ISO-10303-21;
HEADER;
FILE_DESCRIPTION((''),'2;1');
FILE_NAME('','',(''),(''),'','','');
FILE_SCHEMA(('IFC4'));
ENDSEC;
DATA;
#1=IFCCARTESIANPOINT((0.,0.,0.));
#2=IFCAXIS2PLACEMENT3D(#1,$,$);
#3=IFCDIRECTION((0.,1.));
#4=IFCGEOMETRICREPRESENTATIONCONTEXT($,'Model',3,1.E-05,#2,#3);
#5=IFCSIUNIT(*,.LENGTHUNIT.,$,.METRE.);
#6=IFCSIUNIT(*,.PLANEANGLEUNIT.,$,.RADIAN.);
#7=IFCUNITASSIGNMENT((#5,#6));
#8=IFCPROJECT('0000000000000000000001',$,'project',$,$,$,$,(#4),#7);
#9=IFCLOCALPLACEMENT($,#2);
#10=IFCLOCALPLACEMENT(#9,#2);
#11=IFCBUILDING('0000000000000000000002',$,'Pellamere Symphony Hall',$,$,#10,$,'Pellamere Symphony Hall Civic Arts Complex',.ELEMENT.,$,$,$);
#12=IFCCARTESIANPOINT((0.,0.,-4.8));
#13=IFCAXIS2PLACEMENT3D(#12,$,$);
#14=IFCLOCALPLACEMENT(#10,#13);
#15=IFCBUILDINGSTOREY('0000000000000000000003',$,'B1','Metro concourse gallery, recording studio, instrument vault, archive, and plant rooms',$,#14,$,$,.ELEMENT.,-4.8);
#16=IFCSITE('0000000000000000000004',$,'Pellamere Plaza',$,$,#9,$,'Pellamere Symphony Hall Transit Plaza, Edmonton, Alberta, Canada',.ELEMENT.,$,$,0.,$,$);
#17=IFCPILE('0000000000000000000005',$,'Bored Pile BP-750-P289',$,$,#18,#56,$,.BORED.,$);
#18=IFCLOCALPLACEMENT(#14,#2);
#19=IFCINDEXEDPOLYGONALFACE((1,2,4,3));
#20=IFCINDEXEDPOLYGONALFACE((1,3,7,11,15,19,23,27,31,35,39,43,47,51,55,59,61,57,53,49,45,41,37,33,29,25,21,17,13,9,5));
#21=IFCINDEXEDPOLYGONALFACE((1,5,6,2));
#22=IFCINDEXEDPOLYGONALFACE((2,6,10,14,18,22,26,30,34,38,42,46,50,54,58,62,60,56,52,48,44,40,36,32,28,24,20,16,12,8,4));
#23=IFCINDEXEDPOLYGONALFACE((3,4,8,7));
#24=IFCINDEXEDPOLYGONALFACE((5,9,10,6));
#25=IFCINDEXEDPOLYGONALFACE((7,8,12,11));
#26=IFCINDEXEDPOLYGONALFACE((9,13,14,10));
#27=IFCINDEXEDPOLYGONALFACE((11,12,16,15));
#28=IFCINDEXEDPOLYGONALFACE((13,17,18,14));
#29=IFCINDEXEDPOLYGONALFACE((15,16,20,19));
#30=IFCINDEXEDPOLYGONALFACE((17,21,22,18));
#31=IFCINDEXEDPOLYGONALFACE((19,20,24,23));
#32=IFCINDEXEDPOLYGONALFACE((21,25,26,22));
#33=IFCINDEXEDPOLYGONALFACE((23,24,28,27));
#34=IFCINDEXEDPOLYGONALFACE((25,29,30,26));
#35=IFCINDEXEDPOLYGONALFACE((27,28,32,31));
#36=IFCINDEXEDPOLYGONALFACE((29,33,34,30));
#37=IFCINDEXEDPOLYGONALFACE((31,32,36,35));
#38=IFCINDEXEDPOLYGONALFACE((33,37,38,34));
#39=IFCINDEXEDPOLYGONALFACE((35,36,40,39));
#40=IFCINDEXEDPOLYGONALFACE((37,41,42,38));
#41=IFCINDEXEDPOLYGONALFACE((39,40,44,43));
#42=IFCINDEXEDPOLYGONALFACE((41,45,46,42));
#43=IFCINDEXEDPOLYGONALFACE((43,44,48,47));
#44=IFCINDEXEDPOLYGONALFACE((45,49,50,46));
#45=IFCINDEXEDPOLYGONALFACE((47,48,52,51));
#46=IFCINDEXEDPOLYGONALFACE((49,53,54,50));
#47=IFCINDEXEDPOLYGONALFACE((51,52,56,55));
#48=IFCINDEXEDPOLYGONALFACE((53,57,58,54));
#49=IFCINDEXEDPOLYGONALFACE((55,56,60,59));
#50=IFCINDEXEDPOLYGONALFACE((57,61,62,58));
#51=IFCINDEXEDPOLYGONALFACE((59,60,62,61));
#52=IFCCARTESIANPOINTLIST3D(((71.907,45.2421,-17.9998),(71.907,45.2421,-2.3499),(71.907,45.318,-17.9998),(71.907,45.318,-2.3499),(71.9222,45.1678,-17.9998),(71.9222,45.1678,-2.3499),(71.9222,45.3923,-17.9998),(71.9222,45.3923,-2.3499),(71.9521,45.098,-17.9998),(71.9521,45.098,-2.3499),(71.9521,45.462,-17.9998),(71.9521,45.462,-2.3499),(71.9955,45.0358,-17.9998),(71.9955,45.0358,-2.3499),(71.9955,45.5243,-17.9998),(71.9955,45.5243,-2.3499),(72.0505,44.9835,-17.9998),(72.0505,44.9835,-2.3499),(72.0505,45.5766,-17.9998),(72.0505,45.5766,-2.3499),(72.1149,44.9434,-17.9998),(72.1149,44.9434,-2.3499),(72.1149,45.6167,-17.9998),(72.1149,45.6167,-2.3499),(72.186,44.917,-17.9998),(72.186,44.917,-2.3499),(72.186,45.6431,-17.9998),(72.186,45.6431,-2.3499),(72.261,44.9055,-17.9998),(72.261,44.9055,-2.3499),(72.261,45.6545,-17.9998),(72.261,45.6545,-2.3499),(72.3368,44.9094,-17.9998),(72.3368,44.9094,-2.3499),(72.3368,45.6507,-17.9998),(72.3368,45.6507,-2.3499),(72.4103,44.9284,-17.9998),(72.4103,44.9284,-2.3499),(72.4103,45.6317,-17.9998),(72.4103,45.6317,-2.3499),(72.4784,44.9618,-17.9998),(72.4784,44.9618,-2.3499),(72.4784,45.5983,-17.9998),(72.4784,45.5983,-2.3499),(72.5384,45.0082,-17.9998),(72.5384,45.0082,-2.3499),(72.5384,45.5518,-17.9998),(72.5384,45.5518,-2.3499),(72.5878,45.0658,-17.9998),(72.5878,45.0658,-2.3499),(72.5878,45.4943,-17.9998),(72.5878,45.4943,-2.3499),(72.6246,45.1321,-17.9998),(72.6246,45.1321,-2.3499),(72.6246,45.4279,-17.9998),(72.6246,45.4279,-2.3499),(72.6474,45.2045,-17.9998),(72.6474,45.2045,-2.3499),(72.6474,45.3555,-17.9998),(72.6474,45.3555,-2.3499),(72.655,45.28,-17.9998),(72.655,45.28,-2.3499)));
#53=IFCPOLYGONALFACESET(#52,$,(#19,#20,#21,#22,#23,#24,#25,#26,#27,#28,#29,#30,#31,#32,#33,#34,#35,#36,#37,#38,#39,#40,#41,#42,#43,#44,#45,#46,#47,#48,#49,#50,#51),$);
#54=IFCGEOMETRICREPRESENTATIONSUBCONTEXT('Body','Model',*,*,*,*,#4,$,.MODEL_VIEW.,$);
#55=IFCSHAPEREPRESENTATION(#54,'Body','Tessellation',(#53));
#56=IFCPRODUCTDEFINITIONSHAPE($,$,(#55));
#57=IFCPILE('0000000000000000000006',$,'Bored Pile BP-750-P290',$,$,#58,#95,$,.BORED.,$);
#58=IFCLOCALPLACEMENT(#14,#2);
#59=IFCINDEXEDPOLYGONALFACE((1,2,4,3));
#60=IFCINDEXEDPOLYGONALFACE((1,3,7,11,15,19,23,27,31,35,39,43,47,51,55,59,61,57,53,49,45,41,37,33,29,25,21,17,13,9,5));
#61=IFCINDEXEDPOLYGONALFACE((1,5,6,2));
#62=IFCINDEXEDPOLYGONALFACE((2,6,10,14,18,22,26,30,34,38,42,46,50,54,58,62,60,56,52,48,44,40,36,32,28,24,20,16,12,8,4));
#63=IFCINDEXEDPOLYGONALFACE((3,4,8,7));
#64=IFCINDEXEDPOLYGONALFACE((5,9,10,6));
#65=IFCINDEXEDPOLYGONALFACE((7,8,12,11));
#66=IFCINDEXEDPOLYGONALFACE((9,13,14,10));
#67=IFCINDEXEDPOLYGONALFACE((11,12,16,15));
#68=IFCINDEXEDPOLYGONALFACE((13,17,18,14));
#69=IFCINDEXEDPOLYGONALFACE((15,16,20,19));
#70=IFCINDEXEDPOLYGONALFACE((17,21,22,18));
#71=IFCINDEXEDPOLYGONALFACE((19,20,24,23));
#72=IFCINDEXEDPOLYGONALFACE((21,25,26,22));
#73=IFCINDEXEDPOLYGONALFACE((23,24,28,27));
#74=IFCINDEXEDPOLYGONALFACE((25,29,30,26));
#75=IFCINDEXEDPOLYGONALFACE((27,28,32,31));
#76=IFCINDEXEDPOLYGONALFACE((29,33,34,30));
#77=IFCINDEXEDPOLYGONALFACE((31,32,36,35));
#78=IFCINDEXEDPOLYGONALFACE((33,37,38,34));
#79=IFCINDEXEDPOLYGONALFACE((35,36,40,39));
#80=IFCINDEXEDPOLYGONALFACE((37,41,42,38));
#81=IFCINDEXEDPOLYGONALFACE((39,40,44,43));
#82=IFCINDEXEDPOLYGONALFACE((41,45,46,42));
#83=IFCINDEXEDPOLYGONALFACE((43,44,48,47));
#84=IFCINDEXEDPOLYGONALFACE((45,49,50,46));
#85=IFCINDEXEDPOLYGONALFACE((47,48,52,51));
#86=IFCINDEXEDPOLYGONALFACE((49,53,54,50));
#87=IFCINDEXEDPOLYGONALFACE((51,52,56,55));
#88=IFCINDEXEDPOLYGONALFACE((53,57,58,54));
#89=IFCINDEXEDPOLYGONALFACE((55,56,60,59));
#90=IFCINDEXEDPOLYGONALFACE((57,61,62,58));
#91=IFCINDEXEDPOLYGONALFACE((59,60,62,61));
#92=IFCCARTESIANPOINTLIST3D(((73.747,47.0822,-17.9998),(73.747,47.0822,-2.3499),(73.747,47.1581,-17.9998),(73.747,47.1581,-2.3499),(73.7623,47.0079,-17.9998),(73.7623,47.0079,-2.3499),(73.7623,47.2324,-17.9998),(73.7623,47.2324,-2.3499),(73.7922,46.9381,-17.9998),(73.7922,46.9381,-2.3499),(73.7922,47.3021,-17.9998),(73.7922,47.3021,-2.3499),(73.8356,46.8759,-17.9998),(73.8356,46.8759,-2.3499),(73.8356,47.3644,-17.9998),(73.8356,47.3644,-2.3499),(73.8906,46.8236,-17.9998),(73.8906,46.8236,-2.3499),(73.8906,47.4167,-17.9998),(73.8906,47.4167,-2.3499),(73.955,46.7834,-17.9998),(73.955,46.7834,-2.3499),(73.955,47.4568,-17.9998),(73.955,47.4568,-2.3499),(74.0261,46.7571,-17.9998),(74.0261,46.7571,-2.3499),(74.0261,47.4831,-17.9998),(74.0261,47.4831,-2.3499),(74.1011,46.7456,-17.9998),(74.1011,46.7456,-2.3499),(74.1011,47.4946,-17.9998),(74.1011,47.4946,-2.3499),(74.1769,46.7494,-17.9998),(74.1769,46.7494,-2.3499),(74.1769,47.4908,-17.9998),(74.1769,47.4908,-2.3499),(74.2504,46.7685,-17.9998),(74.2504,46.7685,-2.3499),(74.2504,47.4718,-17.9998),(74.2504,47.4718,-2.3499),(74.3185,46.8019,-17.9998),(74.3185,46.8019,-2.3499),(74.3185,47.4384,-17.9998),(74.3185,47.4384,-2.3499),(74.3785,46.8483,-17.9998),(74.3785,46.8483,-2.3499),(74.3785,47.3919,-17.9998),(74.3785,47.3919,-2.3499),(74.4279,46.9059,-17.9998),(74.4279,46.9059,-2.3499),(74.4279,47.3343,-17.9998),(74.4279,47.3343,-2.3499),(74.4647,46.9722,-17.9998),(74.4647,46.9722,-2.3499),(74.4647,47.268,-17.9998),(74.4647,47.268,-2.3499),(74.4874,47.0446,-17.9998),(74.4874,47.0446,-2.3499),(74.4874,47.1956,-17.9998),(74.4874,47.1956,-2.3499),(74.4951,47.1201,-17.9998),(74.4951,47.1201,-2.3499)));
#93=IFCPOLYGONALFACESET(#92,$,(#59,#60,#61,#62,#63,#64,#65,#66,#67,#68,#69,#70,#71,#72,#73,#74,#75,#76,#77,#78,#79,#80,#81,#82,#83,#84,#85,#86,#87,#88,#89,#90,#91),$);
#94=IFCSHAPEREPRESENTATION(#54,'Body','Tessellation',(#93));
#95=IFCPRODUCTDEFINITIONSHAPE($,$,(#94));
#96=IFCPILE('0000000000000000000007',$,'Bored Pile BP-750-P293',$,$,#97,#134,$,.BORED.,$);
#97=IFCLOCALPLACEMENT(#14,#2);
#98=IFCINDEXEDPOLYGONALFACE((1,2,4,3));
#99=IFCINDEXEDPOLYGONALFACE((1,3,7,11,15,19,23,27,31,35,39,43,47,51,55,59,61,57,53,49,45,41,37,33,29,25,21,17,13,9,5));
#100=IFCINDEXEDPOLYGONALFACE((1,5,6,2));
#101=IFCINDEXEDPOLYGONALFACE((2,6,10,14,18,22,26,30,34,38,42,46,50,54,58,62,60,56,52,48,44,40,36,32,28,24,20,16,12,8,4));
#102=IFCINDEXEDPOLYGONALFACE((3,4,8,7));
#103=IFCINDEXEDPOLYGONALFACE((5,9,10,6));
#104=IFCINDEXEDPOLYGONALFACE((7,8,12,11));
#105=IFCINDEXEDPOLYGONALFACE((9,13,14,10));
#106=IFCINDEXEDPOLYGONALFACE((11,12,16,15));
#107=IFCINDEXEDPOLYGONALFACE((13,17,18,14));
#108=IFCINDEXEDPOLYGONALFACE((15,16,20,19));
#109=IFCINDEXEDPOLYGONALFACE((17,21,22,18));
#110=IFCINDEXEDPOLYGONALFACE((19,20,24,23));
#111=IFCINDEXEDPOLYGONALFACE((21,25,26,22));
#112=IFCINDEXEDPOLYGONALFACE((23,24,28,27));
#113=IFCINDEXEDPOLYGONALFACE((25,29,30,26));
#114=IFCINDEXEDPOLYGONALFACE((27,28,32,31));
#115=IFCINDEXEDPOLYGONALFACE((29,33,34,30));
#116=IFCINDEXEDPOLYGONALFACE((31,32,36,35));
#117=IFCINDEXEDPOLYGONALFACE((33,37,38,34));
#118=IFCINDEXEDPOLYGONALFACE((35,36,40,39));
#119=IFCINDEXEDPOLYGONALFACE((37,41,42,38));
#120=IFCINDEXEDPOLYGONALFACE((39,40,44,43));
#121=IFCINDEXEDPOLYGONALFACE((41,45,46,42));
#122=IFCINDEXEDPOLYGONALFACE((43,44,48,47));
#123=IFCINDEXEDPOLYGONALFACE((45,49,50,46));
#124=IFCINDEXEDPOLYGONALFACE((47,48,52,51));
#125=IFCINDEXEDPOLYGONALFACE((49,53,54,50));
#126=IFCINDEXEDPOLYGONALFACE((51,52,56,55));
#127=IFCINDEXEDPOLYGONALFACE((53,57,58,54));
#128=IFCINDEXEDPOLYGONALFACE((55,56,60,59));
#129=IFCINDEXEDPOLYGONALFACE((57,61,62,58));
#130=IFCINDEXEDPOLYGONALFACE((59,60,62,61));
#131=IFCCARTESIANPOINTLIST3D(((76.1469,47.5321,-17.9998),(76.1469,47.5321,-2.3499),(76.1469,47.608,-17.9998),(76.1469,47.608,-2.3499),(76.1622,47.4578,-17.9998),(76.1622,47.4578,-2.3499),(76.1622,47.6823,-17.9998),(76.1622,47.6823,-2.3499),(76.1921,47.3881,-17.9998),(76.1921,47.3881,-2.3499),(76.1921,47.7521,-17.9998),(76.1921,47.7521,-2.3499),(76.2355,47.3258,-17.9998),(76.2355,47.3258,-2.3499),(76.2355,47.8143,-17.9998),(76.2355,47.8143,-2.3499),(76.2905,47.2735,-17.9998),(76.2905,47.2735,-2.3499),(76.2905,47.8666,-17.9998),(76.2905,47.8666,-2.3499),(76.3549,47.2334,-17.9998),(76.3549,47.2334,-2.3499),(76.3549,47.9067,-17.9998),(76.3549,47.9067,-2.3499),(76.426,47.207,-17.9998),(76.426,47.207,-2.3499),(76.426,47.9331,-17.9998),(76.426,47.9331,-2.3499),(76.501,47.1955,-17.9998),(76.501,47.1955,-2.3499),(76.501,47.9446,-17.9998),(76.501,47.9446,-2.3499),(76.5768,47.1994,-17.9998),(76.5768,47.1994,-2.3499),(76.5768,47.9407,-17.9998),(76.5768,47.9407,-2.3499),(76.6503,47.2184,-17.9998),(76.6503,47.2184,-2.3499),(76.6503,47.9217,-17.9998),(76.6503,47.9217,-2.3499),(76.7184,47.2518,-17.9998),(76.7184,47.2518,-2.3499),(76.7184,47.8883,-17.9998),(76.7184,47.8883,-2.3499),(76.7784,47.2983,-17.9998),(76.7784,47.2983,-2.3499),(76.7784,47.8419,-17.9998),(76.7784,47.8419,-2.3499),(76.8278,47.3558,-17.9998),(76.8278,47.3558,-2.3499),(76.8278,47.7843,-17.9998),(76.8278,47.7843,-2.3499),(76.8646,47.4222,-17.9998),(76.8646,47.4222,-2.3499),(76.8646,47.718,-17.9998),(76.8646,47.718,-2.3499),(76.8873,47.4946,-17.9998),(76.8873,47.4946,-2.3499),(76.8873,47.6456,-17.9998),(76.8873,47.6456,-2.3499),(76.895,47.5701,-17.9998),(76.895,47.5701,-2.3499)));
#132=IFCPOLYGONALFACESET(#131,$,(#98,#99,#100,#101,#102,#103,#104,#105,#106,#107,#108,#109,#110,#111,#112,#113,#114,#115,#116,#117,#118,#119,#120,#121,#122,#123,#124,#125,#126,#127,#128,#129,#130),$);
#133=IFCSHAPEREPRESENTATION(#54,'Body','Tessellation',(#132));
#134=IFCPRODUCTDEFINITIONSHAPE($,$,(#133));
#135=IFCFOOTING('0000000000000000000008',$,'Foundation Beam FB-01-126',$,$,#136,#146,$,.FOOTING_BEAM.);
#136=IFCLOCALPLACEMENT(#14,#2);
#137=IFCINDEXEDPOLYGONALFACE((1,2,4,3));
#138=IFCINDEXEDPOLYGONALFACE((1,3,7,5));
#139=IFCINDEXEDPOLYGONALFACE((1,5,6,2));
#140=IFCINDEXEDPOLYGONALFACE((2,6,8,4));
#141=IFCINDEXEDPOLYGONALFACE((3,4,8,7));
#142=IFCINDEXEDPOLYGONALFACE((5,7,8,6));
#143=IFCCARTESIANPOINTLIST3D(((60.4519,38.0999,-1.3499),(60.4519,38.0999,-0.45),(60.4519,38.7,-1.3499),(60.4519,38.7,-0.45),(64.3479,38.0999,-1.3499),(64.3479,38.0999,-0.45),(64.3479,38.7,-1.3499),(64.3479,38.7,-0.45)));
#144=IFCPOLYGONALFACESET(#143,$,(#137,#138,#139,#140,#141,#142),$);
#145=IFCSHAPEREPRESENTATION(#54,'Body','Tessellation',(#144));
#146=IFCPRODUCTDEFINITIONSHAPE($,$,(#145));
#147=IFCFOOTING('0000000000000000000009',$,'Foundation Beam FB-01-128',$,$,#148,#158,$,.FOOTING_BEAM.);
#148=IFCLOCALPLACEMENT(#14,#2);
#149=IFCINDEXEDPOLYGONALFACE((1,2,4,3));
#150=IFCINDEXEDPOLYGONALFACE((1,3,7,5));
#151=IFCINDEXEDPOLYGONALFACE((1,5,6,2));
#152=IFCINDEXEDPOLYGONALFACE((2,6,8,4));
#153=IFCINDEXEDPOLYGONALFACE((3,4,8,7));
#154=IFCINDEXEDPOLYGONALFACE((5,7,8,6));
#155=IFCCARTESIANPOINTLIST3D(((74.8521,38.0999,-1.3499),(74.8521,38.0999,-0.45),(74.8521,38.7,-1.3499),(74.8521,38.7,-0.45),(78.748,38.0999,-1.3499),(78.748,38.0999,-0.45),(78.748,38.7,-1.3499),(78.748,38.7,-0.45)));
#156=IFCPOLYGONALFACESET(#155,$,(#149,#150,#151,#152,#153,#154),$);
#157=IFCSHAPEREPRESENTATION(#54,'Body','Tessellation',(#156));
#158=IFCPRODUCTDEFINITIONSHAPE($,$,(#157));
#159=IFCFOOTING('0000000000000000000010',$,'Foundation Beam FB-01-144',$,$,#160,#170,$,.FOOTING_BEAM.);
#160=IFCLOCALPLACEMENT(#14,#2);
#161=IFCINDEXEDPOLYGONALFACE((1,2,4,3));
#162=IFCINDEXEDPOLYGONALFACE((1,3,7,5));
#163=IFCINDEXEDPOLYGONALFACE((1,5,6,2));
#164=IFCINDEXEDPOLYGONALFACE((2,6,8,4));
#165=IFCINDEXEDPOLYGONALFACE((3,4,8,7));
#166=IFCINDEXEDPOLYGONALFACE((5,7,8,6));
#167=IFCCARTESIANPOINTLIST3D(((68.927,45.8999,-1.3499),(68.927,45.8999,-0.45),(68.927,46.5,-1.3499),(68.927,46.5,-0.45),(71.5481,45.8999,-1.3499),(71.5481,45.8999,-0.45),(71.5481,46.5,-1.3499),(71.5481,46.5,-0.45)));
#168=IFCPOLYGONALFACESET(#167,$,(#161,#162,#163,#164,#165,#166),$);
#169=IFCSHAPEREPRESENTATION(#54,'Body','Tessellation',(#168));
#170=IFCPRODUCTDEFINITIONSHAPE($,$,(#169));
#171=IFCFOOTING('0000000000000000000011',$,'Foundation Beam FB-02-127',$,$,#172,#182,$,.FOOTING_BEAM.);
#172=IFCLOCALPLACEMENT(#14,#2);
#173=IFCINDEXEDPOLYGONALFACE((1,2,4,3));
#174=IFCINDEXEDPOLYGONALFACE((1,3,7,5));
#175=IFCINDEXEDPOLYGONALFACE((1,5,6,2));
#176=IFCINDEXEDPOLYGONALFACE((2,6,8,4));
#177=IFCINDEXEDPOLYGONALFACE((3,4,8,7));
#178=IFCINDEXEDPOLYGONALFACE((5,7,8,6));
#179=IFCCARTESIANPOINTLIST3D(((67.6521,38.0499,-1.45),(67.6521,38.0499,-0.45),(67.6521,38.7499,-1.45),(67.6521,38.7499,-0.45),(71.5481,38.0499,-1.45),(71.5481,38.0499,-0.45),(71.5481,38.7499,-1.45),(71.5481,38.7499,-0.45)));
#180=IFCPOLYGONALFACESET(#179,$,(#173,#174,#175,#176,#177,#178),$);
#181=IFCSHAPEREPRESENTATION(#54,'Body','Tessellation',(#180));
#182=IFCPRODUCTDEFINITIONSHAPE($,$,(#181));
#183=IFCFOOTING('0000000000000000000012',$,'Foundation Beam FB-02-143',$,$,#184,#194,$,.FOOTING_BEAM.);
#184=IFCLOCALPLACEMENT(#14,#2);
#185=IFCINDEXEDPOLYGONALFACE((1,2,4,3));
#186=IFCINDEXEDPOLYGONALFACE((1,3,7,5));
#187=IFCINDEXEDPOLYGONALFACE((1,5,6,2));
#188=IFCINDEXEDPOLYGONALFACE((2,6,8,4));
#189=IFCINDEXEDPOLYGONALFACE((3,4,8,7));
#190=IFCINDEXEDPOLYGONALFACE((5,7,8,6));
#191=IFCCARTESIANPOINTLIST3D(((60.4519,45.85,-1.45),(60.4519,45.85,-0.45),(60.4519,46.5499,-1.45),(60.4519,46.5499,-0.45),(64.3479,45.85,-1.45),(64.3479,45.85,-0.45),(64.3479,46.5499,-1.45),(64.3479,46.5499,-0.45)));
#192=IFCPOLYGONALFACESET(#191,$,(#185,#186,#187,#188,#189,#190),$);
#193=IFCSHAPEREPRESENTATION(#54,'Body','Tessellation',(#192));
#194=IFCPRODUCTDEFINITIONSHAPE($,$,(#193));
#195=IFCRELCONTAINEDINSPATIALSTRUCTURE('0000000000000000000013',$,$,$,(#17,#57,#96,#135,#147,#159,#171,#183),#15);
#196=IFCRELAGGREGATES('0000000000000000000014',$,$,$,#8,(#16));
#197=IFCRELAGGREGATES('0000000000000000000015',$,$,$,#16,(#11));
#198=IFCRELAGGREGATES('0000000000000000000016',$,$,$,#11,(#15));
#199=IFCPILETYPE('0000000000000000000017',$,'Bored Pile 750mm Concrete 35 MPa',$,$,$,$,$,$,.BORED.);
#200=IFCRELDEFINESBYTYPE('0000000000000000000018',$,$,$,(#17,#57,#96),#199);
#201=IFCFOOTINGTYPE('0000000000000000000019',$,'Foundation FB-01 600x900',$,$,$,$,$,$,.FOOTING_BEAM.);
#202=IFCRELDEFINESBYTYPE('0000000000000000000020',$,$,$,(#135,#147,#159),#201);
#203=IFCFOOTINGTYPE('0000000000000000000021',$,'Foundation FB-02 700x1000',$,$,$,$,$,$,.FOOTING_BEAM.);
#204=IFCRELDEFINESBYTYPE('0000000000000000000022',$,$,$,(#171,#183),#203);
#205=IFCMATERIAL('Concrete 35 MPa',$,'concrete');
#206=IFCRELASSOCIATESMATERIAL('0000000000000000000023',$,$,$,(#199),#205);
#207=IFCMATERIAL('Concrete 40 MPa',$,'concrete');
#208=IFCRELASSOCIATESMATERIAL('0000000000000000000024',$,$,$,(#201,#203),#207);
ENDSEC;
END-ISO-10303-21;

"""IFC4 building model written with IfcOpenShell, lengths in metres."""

from ifc_helpers import new_model, si_unit, direction, frame, origin, origin_2d, place, context, subcontext, project, spatial, rectangle, circle, extrude, material, material_profile, profile_set, type_object, element, save


model = new_model("IFC4")

# Units and contexts
model_context = context("Model", 3, precision=1e-05, world=origin(), true_north=direction((0.0, 1.0)))
body_context = subcontext(model_context, "Body", "Model", "MODEL_VIEW")
ifc_project = project(units=[si_unit("LENGTHUNIT", "METRE"), si_unit("PLANEANGLEUNIT", "RADIAN")], contexts=[model_context])

# Site, building, storey
site_placement = place(None, origin())
site = spatial("IfcSite", under=ifc_project, at=site_placement, Name="Pellamere Plaza", LongName="Pellamere Symphony Hall Transit Plaza, Edmonton, Alberta, Canada", CompositionType="ELEMENT", RefElevation=0.0)
building_placement = place(site_placement, origin())
building = spatial("IfcBuilding", under=site, at=building_placement, Name="Pellamere Symphony Hall", LongName="Pellamere Symphony Hall Civic Arts Complex", CompositionType="ELEMENT")
storey_placement = place(building_placement, frame((0.0, 0.0, -4.8)))
storey = spatial("IfcBuildingStorey", under=building, at=storey_placement, Name="B1", Description="Metro concourse gallery, recording studio, instrument vault, archive, and plant rooms", CompositionType="ELEMENT", Elevation=-4.8)

# Piles
ifc_material_1 = material(Name="Concrete 35 MPa", Category="concrete")
ifc_material_profile_1 = material_profile(ifc_material_1, circle(Radius=0.375, at=origin_2d()), Name="PILE D750")
ifc_profile_set_1 = profile_set([ifc_material_profile_1], Name="Concrete 35 MPa")
pile_type = type_object("IfcPileType", Name="Bored Pile 750mm Concrete 35 MPa", PredefinedType="BORED", material=ifc_profile_set_1)
for number, where, z_axis, x_axis, name in (
    (1, (72.28, 45.28, -2.3499), (0.0, 0.0, -1.0), (1.0, 0.0, 0.0), "Bored Pile BP-750-P289"),
    (2, (74.1201, 47.1201, -2.3499), (0.0, 0.0, -1.0), (1.0, 0.0, 0.0), "Bored Pile BP-750-P290"),
    (3, (76.52, 47.5701, -2.3499), (0.0, 0.0, -1.0), (1.0, 0.0, 0.0), "Bored Pile BP-750-P293"),
):
    element("IfcPile", number, at=place(storey_placement, frame(where, z_axis=z_axis, x_axis=x_axis)), inside=storey, type_object=pile_type, Name=name, PredefinedType="BORED", context=body_context, shape_type="SweptSolid", body=[
        extrude(circle(Radius=0.375, at=origin_2d()), origin(), (0.0, 0.0, 1.0), 15.6499),
    ])

# Footings
ifc_material_2 = material(Name="Concrete 40 MPa", Category="concrete")
ifc_material_profile_2 = material_profile(ifc_material_2, rectangle(XDim=0.6001, YDim=0.8999, at=origin_2d()), Name="RC 600x900")
ifc_profile_set_2 = profile_set([ifc_material_profile_2], Name="Concrete 40 MPa")
footing_type_1 = type_object("IfcFootingType", Name="Foundation FB-01 600x900", PredefinedType="FOOTING_BEAM", material=ifc_profile_set_2)
for number, where, z_axis, x_axis, name in (
    (4, (60.4519, 38.3999, -0.8999), (1.0, 0.0, 0.0), (0.0, 1.0, 0.0), "Foundation Beam FB-01-126"),
    (5, (74.8521, 38.3999, -0.8999), (1.0, 0.0, 0.0), (0.0, 1.0, 0.0), "Foundation Beam FB-01-128"),
):
    element("IfcFooting", number, at=place(storey_placement, frame(where, z_axis=z_axis, x_axis=x_axis)), inside=storey, type_object=footing_type_1, Name=name, PredefinedType="FOOTING_BEAM", context=body_context, shape_type="SweptSolid", body=[
        extrude(rectangle(XDim=0.6001, YDim=0.8999, at=origin_2d()), origin(), (0.0, 0.0, 1.0), 3.896),
    ])
footing_placement = place(storey_placement, frame((68.927, 46.2, -0.8999), z_axis=(1.0, 0.0, 0.0), x_axis=(0.0, 1.0, 0.0)))
element("IfcFooting", 6, at=footing_placement, inside=storey, type_object=footing_type_1, Name="Foundation Beam FB-01-144", PredefinedType="FOOTING_BEAM", context=body_context, shape_type="SweptSolid", body=[
    extrude(rectangle(XDim=0.6001, YDim=0.8999, at=origin_2d()), origin(), (0.0, 0.0, 1.0), 2.6211),
])
ifc_material_profile_3 = material_profile(ifc_material_2, rectangle(XDim=0.7, YDim=1.0, at=origin_2d()), Name="RC 700x1000")
ifc_profile_set_3 = profile_set([ifc_material_profile_3], Name="Concrete 40 MPa")
footing_type_2 = type_object("IfcFootingType", Name="Foundation FB-02 700x1000", PredefinedType="FOOTING_BEAM", material=ifc_profile_set_3)
for number, where, z_axis, x_axis, name in (
    (7, (67.6521, 38.3999, -0.95), (1.0, 0.0, 0.0), (0.0, 1.0, 0.0), "Foundation Beam FB-02-127"),
    (8, (60.4519, 46.2, -0.95), (1.0, 0.0, 0.0), (0.0, 1.0, 0.0), "Foundation Beam FB-02-143"),
):
    element("IfcFooting", number, at=place(storey_placement, frame(where, z_axis=z_axis, x_axis=x_axis)), inside=storey, type_object=footing_type_2, Name=name, PredefinedType="FOOTING_BEAM", context=body_context, shape_type="SweptSolid", body=[
        extrude(rectangle(XDim=0.7, YDim=1.0, at=origin_2d()), origin(), (0.0, 0.0, 1.0), 3.896),
    ])

save(model, "model.ifc")
